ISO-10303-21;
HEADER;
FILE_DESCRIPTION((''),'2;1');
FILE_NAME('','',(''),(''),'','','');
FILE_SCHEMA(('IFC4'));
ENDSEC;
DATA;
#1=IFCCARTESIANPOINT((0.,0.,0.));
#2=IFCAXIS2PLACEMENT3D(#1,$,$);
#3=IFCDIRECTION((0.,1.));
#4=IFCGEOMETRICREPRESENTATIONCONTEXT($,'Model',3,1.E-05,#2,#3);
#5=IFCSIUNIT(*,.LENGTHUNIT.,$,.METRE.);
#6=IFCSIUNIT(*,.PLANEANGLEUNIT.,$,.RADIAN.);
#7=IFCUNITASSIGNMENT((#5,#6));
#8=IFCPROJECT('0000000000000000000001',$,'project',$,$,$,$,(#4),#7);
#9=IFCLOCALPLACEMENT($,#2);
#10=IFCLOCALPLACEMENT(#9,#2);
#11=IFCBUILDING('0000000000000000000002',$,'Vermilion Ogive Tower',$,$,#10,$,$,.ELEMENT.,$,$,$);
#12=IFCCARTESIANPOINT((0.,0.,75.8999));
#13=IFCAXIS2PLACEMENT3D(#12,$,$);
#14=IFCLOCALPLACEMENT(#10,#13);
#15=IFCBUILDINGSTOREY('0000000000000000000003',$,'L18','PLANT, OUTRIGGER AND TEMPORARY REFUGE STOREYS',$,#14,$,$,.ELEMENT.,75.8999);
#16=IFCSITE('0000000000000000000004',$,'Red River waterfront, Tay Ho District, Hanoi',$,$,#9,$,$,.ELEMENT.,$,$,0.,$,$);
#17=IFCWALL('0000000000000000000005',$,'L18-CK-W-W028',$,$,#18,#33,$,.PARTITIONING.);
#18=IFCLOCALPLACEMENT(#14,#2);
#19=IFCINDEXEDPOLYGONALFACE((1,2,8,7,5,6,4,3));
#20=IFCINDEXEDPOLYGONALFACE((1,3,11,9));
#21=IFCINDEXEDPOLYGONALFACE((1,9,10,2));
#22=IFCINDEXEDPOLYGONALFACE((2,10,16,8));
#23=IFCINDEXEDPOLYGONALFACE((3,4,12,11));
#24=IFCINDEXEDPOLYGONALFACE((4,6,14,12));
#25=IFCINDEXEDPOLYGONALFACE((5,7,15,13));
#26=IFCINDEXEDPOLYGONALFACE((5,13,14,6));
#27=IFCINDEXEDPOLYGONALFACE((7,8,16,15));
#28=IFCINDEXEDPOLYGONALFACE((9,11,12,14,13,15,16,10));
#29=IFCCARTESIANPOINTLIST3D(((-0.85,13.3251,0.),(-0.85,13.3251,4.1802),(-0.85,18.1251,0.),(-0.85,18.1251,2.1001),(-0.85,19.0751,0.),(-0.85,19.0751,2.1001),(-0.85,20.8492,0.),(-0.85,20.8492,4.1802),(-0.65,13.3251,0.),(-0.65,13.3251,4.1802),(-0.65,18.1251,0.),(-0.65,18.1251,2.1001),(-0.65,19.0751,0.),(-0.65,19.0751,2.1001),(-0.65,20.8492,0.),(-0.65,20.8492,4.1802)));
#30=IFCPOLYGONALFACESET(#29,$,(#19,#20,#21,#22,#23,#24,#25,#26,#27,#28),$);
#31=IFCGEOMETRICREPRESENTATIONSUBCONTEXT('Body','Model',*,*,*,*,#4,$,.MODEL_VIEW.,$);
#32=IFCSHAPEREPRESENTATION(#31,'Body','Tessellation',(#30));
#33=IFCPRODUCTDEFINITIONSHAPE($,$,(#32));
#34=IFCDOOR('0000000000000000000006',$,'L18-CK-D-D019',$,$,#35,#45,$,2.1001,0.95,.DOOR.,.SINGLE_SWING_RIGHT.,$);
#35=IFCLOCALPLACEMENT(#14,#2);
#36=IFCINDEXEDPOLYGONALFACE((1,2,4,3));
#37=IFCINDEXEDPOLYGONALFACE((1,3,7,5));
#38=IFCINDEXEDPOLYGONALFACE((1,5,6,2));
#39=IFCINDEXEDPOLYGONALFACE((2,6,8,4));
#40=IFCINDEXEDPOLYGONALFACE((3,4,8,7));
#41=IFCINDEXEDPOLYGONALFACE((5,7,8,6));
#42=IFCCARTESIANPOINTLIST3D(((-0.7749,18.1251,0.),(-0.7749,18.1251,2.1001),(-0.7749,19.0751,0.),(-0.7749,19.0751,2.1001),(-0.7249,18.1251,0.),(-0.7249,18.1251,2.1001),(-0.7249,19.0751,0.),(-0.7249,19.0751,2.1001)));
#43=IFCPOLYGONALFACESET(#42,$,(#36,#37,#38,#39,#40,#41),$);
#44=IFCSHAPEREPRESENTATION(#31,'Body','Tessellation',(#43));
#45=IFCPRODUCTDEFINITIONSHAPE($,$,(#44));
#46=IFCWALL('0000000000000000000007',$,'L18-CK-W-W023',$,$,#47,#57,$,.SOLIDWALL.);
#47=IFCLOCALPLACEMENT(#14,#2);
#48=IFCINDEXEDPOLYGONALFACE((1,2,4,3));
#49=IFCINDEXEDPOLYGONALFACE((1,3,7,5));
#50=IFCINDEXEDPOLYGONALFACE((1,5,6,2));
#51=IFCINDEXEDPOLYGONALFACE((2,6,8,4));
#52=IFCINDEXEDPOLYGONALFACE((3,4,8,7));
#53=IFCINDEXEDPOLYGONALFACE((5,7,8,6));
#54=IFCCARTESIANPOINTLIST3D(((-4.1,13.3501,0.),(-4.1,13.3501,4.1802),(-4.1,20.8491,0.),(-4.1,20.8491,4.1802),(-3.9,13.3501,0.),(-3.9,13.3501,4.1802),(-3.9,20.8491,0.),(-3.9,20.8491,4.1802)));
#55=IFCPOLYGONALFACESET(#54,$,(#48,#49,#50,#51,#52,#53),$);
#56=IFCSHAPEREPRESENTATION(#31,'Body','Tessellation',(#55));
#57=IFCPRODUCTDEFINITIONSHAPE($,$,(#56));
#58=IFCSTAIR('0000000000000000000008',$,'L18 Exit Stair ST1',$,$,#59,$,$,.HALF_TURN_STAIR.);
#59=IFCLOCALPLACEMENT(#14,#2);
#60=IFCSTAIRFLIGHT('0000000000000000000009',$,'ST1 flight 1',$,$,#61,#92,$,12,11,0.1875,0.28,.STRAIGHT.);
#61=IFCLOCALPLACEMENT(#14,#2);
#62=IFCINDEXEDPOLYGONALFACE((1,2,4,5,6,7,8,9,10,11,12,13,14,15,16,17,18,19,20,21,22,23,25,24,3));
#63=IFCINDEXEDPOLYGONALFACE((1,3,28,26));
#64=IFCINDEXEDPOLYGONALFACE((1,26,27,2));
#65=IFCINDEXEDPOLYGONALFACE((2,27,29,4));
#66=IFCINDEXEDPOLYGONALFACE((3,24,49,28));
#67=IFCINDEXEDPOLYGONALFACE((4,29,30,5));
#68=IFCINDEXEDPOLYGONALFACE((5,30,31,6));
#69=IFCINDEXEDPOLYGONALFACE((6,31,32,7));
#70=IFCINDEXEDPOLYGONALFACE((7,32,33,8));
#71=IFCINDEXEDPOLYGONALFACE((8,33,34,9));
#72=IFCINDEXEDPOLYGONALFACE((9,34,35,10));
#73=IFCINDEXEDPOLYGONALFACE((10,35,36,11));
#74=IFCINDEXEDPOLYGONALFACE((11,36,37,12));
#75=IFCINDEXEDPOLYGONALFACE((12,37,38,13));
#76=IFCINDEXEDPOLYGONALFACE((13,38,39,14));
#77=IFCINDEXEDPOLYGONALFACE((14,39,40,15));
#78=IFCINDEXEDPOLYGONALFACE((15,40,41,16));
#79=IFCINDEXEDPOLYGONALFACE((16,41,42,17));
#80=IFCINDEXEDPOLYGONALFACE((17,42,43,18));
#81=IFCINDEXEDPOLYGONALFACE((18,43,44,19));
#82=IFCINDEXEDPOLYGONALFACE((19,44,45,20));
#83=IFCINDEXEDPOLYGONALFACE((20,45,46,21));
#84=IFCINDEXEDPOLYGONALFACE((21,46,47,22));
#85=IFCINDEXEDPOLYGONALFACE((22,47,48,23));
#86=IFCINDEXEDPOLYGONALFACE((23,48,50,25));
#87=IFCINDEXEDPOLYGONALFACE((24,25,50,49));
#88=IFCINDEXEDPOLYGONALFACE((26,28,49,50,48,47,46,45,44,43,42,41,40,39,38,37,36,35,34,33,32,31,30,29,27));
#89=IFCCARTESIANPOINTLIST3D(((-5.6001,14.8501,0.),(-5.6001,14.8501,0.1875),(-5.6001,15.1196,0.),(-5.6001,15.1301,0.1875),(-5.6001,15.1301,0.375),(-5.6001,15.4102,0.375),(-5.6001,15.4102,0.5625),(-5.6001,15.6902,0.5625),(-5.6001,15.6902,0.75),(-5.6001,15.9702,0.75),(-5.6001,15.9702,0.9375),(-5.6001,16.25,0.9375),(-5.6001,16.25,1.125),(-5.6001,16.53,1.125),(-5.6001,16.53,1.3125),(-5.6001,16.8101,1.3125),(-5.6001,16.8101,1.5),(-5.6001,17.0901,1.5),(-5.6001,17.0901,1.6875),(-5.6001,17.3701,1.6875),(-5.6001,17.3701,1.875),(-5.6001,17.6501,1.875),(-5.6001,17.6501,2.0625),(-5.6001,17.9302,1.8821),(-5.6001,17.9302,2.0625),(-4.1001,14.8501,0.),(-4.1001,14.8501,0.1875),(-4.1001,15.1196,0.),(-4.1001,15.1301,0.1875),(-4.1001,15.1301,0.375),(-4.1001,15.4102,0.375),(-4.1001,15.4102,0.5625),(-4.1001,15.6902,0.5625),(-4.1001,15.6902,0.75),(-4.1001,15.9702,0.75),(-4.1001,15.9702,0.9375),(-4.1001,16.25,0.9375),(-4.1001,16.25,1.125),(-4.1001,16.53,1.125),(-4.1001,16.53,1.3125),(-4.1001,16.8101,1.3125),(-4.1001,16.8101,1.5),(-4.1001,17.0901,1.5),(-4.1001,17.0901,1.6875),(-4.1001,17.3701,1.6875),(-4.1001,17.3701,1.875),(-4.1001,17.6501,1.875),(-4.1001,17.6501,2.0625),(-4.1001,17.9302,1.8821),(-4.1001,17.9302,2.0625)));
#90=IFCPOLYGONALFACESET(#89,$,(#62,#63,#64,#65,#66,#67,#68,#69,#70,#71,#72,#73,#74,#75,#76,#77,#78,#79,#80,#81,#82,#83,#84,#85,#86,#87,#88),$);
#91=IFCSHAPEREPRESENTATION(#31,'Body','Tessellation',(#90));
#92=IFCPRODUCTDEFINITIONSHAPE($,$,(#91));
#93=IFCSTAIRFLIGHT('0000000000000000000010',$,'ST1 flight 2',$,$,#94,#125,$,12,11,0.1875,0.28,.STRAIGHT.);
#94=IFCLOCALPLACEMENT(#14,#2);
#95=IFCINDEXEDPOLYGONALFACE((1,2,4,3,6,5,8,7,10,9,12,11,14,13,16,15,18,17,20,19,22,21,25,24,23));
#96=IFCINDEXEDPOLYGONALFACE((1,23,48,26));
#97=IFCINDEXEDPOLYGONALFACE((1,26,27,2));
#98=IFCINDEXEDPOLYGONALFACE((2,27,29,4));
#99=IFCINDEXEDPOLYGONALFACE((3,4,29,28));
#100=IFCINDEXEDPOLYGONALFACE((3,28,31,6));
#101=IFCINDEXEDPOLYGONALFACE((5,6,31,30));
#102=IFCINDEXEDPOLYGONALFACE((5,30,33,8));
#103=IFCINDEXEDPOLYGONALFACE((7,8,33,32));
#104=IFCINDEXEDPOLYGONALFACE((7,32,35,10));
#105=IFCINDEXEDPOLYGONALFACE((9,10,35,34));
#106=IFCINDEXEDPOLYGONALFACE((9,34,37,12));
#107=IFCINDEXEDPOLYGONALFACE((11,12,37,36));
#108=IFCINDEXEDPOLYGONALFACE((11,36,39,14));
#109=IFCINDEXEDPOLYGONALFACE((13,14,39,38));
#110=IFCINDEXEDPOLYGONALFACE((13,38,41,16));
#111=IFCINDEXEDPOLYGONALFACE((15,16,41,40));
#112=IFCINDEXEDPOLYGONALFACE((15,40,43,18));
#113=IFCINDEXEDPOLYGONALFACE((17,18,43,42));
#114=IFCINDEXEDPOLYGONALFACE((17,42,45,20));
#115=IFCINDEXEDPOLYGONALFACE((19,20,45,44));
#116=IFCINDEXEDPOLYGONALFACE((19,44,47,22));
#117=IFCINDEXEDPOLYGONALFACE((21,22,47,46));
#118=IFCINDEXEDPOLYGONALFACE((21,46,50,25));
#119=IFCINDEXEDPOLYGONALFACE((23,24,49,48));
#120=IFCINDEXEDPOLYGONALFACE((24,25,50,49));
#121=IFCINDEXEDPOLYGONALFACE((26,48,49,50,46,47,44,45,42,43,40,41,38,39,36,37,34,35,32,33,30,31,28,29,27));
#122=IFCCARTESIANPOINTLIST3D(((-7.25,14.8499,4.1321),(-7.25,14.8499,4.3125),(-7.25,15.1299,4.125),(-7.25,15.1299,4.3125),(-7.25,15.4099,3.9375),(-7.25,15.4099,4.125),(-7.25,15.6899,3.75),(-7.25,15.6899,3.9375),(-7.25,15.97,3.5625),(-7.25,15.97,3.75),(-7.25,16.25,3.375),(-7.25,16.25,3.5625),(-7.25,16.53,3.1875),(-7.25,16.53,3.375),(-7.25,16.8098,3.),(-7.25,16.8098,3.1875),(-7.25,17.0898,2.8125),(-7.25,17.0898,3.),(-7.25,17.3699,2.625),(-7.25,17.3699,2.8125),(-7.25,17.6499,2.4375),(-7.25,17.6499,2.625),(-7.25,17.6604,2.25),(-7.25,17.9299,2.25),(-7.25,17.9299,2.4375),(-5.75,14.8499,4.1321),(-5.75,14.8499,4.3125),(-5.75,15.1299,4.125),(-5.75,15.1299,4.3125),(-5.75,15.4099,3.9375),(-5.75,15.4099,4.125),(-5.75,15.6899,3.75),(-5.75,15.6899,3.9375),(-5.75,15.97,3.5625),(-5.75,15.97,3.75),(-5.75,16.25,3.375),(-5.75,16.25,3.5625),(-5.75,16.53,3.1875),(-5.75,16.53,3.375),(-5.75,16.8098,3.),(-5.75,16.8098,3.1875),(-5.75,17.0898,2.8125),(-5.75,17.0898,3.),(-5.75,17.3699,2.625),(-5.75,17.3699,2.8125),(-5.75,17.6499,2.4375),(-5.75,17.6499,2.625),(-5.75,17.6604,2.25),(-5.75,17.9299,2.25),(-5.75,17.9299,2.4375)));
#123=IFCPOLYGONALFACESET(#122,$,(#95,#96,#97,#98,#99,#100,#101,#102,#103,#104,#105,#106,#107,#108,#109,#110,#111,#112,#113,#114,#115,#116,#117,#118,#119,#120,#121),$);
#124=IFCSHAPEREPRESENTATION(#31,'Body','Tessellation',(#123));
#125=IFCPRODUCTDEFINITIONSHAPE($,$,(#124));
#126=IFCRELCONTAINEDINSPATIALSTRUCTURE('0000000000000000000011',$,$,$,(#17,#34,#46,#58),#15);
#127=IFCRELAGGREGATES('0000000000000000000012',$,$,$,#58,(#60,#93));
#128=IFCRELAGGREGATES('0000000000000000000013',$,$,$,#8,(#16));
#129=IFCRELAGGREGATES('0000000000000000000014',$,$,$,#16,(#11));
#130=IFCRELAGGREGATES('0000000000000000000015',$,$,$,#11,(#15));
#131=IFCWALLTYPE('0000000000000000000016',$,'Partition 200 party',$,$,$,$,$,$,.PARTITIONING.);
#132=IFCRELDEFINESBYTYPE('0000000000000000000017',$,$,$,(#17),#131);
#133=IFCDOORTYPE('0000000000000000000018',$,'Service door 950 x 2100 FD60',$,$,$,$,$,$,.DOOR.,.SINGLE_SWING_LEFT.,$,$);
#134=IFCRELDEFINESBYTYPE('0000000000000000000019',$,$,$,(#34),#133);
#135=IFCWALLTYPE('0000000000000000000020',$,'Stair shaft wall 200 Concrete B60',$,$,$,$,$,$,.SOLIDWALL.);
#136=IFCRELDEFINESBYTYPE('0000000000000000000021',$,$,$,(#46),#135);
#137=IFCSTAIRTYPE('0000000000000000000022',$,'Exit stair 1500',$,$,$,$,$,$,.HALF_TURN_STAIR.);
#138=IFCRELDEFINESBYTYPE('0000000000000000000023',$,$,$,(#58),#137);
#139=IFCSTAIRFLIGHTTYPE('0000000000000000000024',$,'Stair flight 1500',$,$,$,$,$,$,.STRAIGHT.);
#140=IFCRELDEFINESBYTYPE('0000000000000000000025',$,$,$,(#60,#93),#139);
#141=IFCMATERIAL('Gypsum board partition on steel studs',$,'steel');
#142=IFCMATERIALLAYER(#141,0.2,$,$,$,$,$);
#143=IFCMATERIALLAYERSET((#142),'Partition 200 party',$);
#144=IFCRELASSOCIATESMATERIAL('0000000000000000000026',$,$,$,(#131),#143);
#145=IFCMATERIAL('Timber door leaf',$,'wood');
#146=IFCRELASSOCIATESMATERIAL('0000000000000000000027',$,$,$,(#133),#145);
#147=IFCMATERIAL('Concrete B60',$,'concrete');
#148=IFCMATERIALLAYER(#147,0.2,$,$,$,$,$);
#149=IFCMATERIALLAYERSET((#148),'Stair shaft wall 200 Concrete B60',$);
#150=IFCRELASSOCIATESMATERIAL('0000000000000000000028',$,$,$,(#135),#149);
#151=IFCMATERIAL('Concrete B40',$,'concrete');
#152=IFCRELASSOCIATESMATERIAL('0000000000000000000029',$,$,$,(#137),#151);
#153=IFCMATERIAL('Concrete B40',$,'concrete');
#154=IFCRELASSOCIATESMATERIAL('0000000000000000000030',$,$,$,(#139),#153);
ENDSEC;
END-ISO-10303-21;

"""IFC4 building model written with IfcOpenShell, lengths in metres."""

from ifc_helpers import new_model, si_unit, direction, frame, frame_2d, origin, place, context, subcontext, project, spatial, polyline, rectangle, outline, extrude, material, layer, layer_set, type_object, element, fill, aggregate, save


model = new_model("IFC4")

# Units and contexts
model_context = context("Model", 3, precision=1e-05, world=origin(), true_north=direction((0.0, 1.0)))
body_context = subcontext(model_context, "Body", "Model", "MODEL_VIEW")
ifc_project = project(units=[si_unit("LENGTHUNIT", "METRE"), si_unit("PLANEANGLEUNIT", "RADIAN")], contexts=[model_context])

# Site, building, storey
site_placement = place(None, origin())
site = spatial("IfcSite", under=ifc_project, at=site_placement, Name="Red River waterfront, Tay Ho District, Hanoi", CompositionType="ELEMENT", RefElevation=0.0)
building_placement = place(site_placement, origin())
building = spatial("IfcBuilding", under=site, at=building_placement, Name="Vermilion Ogive Tower", CompositionType="ELEMENT")
storey_placement = place(building_placement, frame((0.0, 0.0, 75.8999)))
storey = spatial("IfcBuildingStorey", under=building, at=storey_placement, Name="L18", Description="PLANT, OUTRIGGER AND TEMPORARY REFUGE STOREYS", CompositionType="ELEMENT", Elevation=75.8999)

# Shared definitions
ifc_material_1 = material(Name="Gypsum board partition on steel studs", Category="steel")
ifc_layer_1 = layer(ifc_material_1, 0.2)
ifc_layer_set_1 = layer_set([ifc_layer_1], Name="Partition 200 party")
wall_type_1 = type_object("IfcWallType", Name="Partition 200 party", PredefinedType="PARTITIONING", material=ifc_layer_set_1)

# Wall, opening, door
wall_1_placement = place(storey_placement, frame((-0.75, 13.325, 0.0), z_axis=(0.0, 0.0, 1.0), x_axis=(0.0, 1.0, 0.0)))
wall_1 = element("IfcWall", 1, at=wall_1_placement, inside=storey, type_object=wall_type_1, Name="L18-CK-W-W028", PredefinedType="PARTITIONING", context=body_context, shape_type="SweptSolid", body=[
    extrude(rectangle(XDim=7.5242, YDim=0.2, at=frame_2d((3.7622, 0.0))), origin(), (0.0, 0.0, 1.0), 4.1802),
])
opening_1_placement = place(wall_1_placement, frame((4.8, 0.0, 0.0)))
opening_1 = element("IfcOpeningElement", 2, at=opening_1_placement, cuts=wall_1, PredefinedType="OPENING", context=body_context, shape_type="SweptSolid", body=[
    extrude(rectangle(XDim=0.95, YDim=2.1001, at=frame_2d((0.4751, 1.05))), frame((0.0, 0.1099, 0.0), z_axis=(0.0, -1.0, 0.0), x_axis=(1.0, 0.0, 0.0)), (0.0, 0.0, 1.0), 0.22),
])
ifc_material_2 = material(Name="Timber door leaf", Category="wood")
door_type_1 = type_object("IfcDoorType", Name="Service door 950 x 2100 FD60", OperationType="SINGLE_SWING_LEFT", PredefinedType="DOOR", material=ifc_material_2)
door_1_placement = place(opening_1_placement, origin())
door_1 = element("IfcDoor", 3, at=door_1_placement, inside=storey, type_object=door_type_1, Name="L18-CK-D-D019", OperationType="SINGLE_SWING_RIGHT", OverallHeight=2.1001, OverallWidth=0.95, PredefinedType="DOOR", context=body_context, shape_type="SweptSolid", body=[
    extrude(rectangle(XDim=0.95, YDim=2.1001, at=frame_2d((0.4751, 1.05))), frame((0.0, 0.0249, 0.0), z_axis=(0.0, -1.0, 0.0), x_axis=(1.0, 0.0, 0.0)), (0.0, 0.0, 1.0), 0.05),
])
fill(opening_1, door_1)

# Wall
ifc_material_3 = material(Name="Concrete B60", Category="concrete")
ifc_layer_2 = layer(ifc_material_3, 0.2)
ifc_layer_set_2 = layer_set([ifc_layer_2], Name="Stair shaft wall 200 Concrete B60")
wall_type_2 = type_object("IfcWallType", Name="Stair shaft wall 200 Concrete B60", PredefinedType="SOLIDWALL", material=ifc_layer_set_2)
wall_2_placement = place(storey_placement, frame((-4.0, 13.3501, 0.0), z_axis=(0.0, 0.0, 1.0), x_axis=(0.0, 1.0, 0.0)))
element("IfcWall", 4, at=wall_2_placement, inside=storey, type_object=wall_type_2, Name="L18-CK-W-W023", PredefinedType="SOLIDWALL", context=body_context, shape_type="SweptSolid", body=[
    extrude(rectangle(XDim=7.499, YDim=0.2, at=frame_2d((3.7495, 0.0))), origin(), (0.0, 0.0, 1.0), 4.1802),
])

# Stair, stair flights
ifc_material_4 = material(Name="Concrete B40", Category="concrete")
stair_type = type_object("IfcStairType", Name="Exit stair 1500", PredefinedType="HALF_TURN_STAIR", material=ifc_material_4)
stair_placement = place(storey_placement, origin())
stair = element("IfcStair", 5, at=stair_placement, inside=storey, type_object=stair_type, Name="L18 Exit Stair ST1", PredefinedType="HALF_TURN_STAIR")
ifc_material_5 = material(Name="Concrete B40", Category="concrete")
stair_flight_type = type_object("IfcStairFlightType", Name="Stair flight 1500", PredefinedType="STRAIGHT", material=ifc_material_5)
stair_flight_1_placement = place(storey_placement, frame((-4.8501, 14.8501, 0.0), z_axis=(0.0, 0.0, 1.0), x_axis=(0.0, 1.0, 0.0)))
stair_flight_1 = element("IfcStairFlight", 6, at=stair_flight_1_placement, type_object=stair_flight_type, Name="ST1 flight 1", NumberOfRisers=12, NumberOfTreads=11, PredefinedType="STRAIGHT", RiserHeight=0.1875, TreadLength=0.28, context=body_context, shape_type="SweptSolid", body=[
    extrude(outline(polyline([(0.0, 0.0), (0.0, 0.1875), (0.28, 0.1875), (0.28, 0.375), (0.5601, 0.375), (0.5601, 0.5625), (0.8401, 0.5625), (0.8401, 0.75), (1.1201, 0.75), (1.1201, 0.9375), (1.3999, 0.9375), (1.3999, 1.125), (1.6799, 1.125), (1.6799, 1.3125), (1.96, 1.3125), (1.96, 1.5), (2.24, 1.5), (2.24, 1.6875), (2.52, 1.6875), (2.52, 1.875), (2.8, 1.875), (2.8, 2.0625), (3.0801, 2.0625), (3.0801, 2.25), (3.0801, 1.8821), (0.2695, 0.0), (0.0, 0.0)])), frame((0.0, 0.75, 0.0), z_axis=(0.0, -1.0, 0.0), x_axis=(1.0, 0.0, 0.0)), (0.0, 0.0, 1.0), 1.5),
])
stair_flight_2_placement = place(storey_placement, frame((-6.5, 17.9299, 2.25), z_axis=(0.0, 0.0, 1.0), x_axis=(0.0, -1.0, 0.0)))
stair_flight_2 = element("IfcStairFlight", 7, at=stair_flight_2_placement, type_object=stair_flight_type, Name="ST1 flight 2", NumberOfRisers=12, NumberOfTreads=11, PredefinedType="STRAIGHT", RiserHeight=0.1875, TreadLength=0.28, context=body_context, shape_type="SweptSolid", body=[
    extrude(outline(polyline([(0.0, 0.0), (0.0, 0.1875), (0.28, 0.1875), (0.28, 0.375), (0.5601, 0.375), (0.5601, 0.5625), (0.8401, 0.5625), (0.8401, 0.75), (1.1201, 0.75), (1.1201, 0.9375), (1.3999, 0.9375), (1.3999, 1.125), (1.6799, 1.125), (1.6799, 1.3125), (1.96, 1.3125), (1.96, 1.5), (2.24, 1.5), (2.24, 1.6875), (2.52, 1.6875), (2.52, 1.875), (2.8, 1.875), (2.8, 2.0625), (3.0801, 2.0625), (3.0801, 2.25), (3.0801, 1.8821), (0.2695, 0.0), (0.0, 0.0)])), frame((0.0, 0.75, 0.0), z_axis=(0.0, -1.0, 0.0), x_axis=(1.0, 0.0, 0.0)), (0.0, 0.0, 1.0), 1.5),
])
aggregate(stair, [stair_flight_1, stair_flight_2])

save(model, "model.ifc")
